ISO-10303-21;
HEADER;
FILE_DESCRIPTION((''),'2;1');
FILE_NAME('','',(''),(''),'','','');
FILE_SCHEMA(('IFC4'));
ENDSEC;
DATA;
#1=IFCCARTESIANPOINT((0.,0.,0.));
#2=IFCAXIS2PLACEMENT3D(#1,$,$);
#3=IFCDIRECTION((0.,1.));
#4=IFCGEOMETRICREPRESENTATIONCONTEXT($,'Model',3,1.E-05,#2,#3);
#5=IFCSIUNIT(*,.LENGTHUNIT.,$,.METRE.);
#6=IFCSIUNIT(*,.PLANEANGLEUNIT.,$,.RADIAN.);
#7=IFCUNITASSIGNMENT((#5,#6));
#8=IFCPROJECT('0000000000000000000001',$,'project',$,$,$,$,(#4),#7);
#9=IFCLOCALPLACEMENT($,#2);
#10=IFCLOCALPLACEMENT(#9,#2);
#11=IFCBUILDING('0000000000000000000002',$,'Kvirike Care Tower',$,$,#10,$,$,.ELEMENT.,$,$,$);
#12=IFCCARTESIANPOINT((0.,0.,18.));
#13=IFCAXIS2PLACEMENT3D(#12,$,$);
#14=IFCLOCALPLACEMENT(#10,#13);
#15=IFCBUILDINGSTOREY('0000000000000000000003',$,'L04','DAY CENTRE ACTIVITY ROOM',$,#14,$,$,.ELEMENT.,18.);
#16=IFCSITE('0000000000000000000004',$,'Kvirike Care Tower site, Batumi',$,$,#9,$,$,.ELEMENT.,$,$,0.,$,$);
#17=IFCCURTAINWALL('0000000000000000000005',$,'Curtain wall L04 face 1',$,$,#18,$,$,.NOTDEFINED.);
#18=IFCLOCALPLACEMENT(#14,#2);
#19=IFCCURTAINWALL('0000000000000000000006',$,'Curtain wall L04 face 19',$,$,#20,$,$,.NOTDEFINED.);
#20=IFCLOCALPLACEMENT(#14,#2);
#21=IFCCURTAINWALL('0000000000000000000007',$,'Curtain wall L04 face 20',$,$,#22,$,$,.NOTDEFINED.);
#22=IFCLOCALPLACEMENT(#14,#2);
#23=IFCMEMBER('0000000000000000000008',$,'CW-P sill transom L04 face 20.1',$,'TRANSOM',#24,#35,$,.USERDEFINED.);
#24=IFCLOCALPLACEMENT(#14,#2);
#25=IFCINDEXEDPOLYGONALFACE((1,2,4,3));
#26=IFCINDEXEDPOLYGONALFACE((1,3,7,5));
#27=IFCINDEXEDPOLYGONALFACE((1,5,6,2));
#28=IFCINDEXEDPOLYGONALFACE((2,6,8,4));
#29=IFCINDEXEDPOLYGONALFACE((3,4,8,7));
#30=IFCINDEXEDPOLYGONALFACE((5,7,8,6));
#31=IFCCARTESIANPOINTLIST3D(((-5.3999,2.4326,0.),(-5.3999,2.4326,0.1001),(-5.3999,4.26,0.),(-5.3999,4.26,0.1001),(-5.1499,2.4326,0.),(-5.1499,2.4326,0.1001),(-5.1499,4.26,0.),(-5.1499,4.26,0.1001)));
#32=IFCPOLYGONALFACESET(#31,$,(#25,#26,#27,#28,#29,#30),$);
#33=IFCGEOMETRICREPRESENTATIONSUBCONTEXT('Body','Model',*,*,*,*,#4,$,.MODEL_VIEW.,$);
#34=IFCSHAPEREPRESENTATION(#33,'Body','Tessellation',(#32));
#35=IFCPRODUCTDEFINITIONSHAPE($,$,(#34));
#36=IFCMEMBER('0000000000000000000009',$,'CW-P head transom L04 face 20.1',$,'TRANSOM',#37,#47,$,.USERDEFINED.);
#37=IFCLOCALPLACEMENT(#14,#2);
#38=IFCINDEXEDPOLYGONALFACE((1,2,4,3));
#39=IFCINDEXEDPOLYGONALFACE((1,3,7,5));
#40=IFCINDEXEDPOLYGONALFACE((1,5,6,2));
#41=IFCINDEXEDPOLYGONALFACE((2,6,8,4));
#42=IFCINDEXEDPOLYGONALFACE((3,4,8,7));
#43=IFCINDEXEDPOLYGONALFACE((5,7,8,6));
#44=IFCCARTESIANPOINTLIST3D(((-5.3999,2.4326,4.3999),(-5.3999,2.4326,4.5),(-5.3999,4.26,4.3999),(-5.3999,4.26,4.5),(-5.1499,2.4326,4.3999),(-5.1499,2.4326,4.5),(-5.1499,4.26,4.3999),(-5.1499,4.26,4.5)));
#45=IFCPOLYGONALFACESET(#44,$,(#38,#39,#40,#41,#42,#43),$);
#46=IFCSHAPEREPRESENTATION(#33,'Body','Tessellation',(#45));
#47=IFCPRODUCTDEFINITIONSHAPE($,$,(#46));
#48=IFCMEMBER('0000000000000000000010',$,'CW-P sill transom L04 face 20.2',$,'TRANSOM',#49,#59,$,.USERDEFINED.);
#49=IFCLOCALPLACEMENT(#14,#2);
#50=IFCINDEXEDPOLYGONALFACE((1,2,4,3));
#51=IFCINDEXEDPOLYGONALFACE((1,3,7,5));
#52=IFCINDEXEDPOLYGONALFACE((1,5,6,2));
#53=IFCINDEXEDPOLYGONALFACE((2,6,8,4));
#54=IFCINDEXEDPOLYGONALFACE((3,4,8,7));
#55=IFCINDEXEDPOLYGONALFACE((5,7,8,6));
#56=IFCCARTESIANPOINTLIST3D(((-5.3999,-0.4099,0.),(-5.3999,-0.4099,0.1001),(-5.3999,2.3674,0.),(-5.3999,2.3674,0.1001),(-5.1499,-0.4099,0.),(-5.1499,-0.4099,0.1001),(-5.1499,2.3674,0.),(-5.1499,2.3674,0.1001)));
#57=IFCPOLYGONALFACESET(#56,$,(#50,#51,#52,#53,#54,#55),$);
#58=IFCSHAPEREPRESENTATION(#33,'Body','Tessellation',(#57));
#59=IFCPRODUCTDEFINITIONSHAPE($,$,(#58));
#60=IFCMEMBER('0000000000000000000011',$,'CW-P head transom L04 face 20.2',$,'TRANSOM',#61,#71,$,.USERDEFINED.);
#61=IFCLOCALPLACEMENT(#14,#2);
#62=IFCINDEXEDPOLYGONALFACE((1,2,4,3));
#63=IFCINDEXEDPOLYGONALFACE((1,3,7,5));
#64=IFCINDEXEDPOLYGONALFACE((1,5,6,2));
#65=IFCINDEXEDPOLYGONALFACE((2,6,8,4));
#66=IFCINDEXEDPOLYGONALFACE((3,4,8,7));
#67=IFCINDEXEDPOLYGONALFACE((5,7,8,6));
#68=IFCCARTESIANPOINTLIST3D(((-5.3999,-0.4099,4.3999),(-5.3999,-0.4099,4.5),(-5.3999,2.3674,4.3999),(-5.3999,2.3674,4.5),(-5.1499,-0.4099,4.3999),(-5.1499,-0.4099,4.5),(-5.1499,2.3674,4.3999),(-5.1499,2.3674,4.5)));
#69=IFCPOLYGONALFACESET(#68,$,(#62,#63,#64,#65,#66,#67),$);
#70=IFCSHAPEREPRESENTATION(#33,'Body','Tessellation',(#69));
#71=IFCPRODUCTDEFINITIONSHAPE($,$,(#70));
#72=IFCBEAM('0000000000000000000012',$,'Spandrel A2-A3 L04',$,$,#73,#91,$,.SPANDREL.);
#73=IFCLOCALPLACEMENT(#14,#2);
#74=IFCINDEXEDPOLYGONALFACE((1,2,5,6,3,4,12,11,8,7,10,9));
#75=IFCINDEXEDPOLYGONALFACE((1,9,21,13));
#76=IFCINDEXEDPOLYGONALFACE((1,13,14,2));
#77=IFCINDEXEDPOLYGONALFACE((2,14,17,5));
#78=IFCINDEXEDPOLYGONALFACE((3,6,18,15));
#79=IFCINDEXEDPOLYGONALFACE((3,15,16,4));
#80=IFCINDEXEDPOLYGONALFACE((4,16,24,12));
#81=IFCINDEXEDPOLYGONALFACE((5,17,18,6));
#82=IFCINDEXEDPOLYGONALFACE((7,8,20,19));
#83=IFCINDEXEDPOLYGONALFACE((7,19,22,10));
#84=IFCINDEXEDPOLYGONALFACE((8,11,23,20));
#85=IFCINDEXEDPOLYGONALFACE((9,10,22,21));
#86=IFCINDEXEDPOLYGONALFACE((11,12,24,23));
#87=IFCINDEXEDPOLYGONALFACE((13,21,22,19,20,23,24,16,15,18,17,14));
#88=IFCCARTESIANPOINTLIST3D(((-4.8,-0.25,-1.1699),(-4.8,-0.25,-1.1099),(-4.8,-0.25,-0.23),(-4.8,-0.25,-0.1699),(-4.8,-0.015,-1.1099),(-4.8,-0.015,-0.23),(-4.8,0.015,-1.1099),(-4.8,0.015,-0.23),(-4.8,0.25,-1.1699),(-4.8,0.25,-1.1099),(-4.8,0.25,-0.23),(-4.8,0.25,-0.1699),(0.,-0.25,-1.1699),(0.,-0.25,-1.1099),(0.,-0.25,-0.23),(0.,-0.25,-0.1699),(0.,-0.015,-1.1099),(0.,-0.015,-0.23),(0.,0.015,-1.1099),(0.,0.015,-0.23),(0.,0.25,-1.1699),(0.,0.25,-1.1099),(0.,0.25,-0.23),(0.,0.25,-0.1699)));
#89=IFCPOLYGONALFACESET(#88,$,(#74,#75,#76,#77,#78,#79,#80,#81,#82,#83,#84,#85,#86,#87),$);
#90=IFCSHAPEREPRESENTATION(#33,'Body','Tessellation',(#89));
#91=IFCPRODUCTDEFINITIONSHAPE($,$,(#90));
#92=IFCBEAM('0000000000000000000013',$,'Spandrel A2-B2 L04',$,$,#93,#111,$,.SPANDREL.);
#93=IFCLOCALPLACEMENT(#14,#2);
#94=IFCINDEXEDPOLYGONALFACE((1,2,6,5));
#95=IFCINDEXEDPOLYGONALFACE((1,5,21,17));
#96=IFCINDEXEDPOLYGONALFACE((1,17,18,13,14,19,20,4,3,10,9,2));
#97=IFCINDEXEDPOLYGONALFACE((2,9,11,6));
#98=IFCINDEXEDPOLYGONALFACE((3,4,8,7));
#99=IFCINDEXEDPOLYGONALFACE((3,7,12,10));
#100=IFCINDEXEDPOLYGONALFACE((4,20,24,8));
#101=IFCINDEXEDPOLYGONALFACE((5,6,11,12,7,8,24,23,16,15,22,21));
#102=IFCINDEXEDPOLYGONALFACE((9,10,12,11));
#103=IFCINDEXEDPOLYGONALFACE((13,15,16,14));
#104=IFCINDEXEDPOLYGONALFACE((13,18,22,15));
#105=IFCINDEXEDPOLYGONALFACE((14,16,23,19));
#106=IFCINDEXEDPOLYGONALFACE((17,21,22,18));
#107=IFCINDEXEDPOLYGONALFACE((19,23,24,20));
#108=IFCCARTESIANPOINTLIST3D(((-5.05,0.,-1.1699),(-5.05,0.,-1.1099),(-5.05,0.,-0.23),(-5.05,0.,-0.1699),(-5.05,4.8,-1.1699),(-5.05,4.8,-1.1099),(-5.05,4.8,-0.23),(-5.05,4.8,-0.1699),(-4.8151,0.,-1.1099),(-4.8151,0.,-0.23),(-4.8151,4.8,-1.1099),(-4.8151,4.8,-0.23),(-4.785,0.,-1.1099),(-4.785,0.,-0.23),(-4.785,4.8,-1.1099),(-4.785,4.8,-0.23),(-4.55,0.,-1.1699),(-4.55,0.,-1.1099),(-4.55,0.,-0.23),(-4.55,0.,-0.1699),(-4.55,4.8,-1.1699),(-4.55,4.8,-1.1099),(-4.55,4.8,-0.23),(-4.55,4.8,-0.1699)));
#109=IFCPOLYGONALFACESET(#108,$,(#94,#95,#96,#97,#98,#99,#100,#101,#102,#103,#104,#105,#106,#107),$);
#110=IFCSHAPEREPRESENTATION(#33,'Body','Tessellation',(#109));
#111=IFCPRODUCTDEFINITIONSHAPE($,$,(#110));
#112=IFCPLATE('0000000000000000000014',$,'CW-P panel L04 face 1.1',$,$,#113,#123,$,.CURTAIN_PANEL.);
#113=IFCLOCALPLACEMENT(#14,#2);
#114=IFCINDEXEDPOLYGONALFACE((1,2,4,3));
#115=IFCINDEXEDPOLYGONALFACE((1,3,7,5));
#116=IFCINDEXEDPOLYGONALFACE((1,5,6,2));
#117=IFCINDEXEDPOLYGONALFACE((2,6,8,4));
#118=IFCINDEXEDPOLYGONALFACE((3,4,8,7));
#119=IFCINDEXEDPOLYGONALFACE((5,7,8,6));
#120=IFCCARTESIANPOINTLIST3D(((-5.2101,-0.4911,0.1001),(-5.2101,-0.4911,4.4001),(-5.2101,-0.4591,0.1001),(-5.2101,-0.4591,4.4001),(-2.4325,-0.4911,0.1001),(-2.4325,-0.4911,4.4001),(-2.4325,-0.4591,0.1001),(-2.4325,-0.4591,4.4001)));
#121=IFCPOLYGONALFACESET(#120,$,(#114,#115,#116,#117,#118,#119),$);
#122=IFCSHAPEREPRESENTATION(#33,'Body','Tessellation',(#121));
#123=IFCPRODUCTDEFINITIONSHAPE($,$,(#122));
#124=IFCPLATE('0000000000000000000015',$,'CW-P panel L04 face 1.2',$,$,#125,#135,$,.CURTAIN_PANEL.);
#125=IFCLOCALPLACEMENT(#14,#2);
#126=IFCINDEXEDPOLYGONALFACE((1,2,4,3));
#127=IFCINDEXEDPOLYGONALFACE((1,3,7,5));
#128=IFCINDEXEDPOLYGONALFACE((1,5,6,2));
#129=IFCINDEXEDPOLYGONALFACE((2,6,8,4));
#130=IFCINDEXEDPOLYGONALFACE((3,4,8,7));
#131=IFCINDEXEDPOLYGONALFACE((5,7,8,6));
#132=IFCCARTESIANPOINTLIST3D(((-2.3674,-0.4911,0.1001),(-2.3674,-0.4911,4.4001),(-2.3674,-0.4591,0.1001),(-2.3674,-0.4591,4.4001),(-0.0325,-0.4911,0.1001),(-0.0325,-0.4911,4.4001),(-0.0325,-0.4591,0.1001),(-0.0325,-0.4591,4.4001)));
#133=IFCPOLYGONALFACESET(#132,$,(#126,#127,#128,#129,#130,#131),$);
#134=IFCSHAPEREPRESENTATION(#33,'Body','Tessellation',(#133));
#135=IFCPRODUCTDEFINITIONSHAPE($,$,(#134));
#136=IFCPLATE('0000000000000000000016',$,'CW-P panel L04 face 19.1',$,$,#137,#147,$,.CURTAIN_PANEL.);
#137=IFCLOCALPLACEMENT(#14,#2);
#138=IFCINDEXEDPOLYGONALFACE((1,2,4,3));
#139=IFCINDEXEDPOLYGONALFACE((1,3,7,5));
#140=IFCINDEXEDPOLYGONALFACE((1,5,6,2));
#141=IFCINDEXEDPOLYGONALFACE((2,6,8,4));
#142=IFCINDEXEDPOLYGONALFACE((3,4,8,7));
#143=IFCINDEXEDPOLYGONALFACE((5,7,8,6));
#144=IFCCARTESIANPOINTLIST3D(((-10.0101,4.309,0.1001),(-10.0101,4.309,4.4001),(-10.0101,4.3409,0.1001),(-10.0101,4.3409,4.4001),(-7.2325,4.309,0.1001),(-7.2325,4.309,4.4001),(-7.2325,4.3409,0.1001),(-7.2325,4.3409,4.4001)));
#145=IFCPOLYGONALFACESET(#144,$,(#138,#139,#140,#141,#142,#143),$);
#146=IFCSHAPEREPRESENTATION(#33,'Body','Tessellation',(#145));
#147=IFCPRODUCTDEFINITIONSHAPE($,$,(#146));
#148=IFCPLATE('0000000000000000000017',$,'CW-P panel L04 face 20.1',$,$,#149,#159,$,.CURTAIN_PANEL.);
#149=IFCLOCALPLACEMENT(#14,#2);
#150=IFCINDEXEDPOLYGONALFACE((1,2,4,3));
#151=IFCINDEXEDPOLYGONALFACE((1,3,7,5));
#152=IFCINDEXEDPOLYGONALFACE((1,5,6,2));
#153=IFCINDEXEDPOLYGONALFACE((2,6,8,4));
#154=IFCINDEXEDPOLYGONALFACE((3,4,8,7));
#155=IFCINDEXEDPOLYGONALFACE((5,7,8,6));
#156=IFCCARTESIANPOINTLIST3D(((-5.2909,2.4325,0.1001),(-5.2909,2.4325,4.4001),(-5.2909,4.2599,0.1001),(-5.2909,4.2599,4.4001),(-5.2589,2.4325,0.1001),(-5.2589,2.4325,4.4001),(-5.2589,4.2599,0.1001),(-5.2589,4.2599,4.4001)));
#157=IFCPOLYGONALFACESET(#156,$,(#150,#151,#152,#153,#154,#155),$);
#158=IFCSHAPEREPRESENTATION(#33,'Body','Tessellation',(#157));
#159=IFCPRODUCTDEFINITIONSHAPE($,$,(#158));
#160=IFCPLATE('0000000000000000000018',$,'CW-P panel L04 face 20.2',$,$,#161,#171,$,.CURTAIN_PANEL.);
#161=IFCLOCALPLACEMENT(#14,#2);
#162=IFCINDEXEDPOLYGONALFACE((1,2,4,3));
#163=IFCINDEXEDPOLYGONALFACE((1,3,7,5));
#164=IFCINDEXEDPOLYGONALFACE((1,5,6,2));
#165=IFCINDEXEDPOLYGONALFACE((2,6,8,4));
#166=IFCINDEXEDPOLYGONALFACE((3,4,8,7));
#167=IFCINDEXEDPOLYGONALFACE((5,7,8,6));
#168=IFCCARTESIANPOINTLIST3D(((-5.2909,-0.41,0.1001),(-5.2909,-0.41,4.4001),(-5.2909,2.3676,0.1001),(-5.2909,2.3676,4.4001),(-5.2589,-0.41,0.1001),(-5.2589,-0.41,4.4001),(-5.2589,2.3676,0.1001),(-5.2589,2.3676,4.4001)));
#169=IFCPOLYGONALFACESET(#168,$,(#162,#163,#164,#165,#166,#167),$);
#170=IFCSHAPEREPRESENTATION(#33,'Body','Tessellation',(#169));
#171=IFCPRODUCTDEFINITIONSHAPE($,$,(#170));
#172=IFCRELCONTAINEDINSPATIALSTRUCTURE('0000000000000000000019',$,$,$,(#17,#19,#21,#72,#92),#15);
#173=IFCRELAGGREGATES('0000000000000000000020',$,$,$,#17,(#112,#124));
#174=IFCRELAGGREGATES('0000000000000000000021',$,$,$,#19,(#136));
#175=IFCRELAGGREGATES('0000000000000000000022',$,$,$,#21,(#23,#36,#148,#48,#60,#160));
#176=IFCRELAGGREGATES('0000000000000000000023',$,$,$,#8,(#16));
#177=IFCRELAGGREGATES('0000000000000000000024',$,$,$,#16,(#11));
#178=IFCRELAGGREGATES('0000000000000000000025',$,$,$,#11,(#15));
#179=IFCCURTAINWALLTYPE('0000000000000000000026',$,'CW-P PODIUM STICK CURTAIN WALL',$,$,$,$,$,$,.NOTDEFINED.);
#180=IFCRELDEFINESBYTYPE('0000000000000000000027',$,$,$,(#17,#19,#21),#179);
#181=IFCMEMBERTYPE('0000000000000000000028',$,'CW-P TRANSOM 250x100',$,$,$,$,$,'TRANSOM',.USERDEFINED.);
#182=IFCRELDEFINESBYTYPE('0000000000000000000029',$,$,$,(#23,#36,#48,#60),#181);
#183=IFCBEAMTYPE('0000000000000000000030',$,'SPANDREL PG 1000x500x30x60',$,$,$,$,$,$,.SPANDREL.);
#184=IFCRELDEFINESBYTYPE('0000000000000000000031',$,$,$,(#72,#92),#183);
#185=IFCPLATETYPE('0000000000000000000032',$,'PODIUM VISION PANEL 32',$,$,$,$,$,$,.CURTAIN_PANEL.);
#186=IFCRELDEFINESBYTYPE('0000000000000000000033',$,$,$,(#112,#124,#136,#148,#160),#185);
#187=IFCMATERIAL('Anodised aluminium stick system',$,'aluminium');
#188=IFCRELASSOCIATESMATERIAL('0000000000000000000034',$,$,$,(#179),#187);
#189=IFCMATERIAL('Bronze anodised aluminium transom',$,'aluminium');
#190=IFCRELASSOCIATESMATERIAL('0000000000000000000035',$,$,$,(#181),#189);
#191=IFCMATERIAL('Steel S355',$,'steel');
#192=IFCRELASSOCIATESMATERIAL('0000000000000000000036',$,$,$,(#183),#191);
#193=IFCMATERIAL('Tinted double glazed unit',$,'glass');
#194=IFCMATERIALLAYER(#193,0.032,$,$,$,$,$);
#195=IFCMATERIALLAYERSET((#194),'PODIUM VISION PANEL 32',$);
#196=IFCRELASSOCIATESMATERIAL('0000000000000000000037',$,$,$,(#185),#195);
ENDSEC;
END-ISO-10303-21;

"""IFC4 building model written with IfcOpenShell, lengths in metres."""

from ifc_helpers import new_model, si_unit, direction, frame, origin, origin_2d, place, context, subcontext, project, spatial, rectangle, i_section, extrude, material, layer, layer_set, material_profile, profile_set, type_object, element, aggregate, save


model = new_model("IFC4")

# Units and contexts
model_context = context("Model", 3, precision=1e-05, world=origin(), true_north=direction((0.0, 1.0)))
body_context = subcontext(model_context, "Body", "Model", "MODEL_VIEW")
ifc_project = project(units=[si_unit("LENGTHUNIT", "METRE"), si_unit("PLANEANGLEUNIT", "RADIAN")], contexts=[model_context])

# Site, building, storey
site_placement = place(None, origin())
site = spatial("IfcSite", under=ifc_project, at=site_placement, Name="Kvirike Care Tower site, Batumi", CompositionType="ELEMENT", RefElevation=0.0)
building_placement = place(site_placement, origin())
building = spatial("IfcBuilding", under=site, at=building_placement, Name="Kvirike Care Tower", CompositionType="ELEMENT")
storey_placement = place(building_placement, frame((0.0, 0.0, 18.0)))
storey = spatial("IfcBuildingStorey", under=building, at=storey_placement, Name="L04", Description="DAY CENTRE ACTIVITY ROOM", CompositionType="ELEMENT", Elevation=18.0)

# Curtain walls
ifc_material_1 = material(Name="Anodised aluminium stick system", Category="aluminium")
curtain_wall_type = type_object("IfcCurtainWallType", Name="CW-P PODIUM STICK CURTAIN WALL", PredefinedType="NOTDEFINED", material=ifc_material_1)
curtain_wall_1_placement = place(storey_placement, origin())
curtain_wall_1 = element("IfcCurtainWall", 1, at=curtain_wall_1_placement, inside=storey, type_object=curtain_wall_type, Name="Curtain wall L04 face 1", PredefinedType="NOTDEFINED")
curtain_wall_2_placement = place(storey_placement, origin())
curtain_wall_2 = element("IfcCurtainWall", 2, at=curtain_wall_2_placement, inside=storey, type_object=curtain_wall_type, Name="Curtain wall L04 face 19", PredefinedType="NOTDEFINED")
curtain_wall_3_placement = place(storey_placement, origin())
curtain_wall_3 = element("IfcCurtainWall", 3, at=curtain_wall_3_placement, inside=storey, type_object=curtain_wall_type, Name="Curtain wall L04 face 20", PredefinedType="NOTDEFINED")

# Members
ifc_material_2 = material(Name="Bronze anodised aluminium transom", Category="aluminium")
ifc_material_profile_1 = material_profile(ifc_material_2, rectangle(XDim=0.25, YDim=0.1001, at=origin_2d()), Name="CW-P TRANSOM 250x100")
ifc_profile_set_1 = profile_set([ifc_material_profile_1], Name="Bronze anodised aluminium transom")
member_type_1 = type_object("IfcMemberType", Name="CW-P TRANSOM 250x100", ElementType="TRANSOM", PredefinedType="USERDEFINED", material=ifc_profile_set_1)
member_1_placement = place(storey_placement, frame((-5.2749, 4.26, 0.05), z_axis=(0.0, -1.0, 0.0), x_axis=(1.0, 0.0, 0.0)))
member_1 = element("IfcMember", 4, at=member_1_placement, type_object=member_type_1, Name="CW-P sill transom L04 face 20.1", ObjectType="TRANSOM", PredefinedType="USERDEFINED", context=body_context, shape_type="SweptSolid", body=[
    extrude(rectangle(XDim=0.25, YDim=0.1001, at=origin_2d()), origin(), (0.0, 0.0, 1.0), 1.8274),
])
member_2_placement = place(storey_placement, frame((-5.2749, 4.26, 4.45), z_axis=(0.0, -1.0, 0.0), x_axis=(1.0, 0.0, 0.0)))
member_2 = element("IfcMember", 5, at=member_2_placement, type_object=member_type_1, Name="CW-P head transom L04 face 20.1", ObjectType="TRANSOM", PredefinedType="USERDEFINED", context=body_context, shape_type="SweptSolid", body=[
    extrude(rectangle(XDim=0.25, YDim=0.1001, at=origin_2d()), origin(), (0.0, 0.0, 1.0), 1.8274),
])
member_3_placement = place(storey_placement, frame((-5.2749, 2.3674, 0.05), z_axis=(0.0, -1.0, 0.0), x_axis=(1.0, 0.0, 0.0)))
member_3 = element("IfcMember", 6, at=member_3_placement, type_object=member_type_1, Name="CW-P sill transom L04 face 20.2", ObjectType="TRANSOM", PredefinedType="USERDEFINED", context=body_context, shape_type="SweptSolid", body=[
    extrude(rectangle(XDim=0.25, YDim=0.1001, at=origin_2d()), origin(), (0.0, 0.0, 1.0), 2.7773),
])
member_4_placement = place(storey_placement, frame((-5.2749, 2.3674, 4.45), z_axis=(0.0, -1.0, 0.0), x_axis=(1.0, 0.0, 0.0)))
member_4 = element("IfcMember", 7, at=member_4_placement, type_object=member_type_1, Name="CW-P head transom L04 face 20.2", ObjectType="TRANSOM", PredefinedType="USERDEFINED", context=body_context, shape_type="SweptSolid", body=[
    extrude(rectangle(XDim=0.25, YDim=0.1001, at=origin_2d()), origin(), (0.0, 0.0, 1.0), 2.7773),
])

# Beams
ifc_material_3 = material(Name="Steel S355", Category="steel")
ifc_material_profile_2 = material_profile(ifc_material_3, i_section(OverallWidth=0.5, OverallDepth=1.0, WebThickness=0.03, FlangeThickness=0.0601, at=origin_2d()), Name="PG 1000x500x30x60")
ifc_profile_set_2 = profile_set([ifc_material_profile_2], Name="Steel S355")
beam_type = type_object("IfcBeamType", Name="SPANDREL PG 1000x500x30x60", PredefinedType="SPANDREL", material=ifc_profile_set_2)
for number, where, z_axis, x_axis, name in (
    (8, (-4.8, 0.0, -0.6699), (1.0, 0.0, 0.0), (0.0, 1.0, 0.0), "Spandrel A2-A3 L04"),
    (9, (-4.8, 0.0, -0.6699), (0.0, 1.0, 0.0), (-1.0, 0.0, 0.0), "Spandrel A2-B2 L04"),
):
    element("IfcBeam", number, at=place(storey_placement, frame(where, z_axis=z_axis, x_axis=x_axis)), inside=storey, type_object=beam_type, Name=name, PredefinedType="SPANDREL", context=body_context, shape_type="SweptSolid", body=[
        extrude(i_section(OverallWidth=0.5, OverallDepth=1.0, WebThickness=0.03, FlangeThickness=0.0601, at=origin_2d()), origin(), (0.0, 0.0, 1.0), 4.8),
    ])

# Plates
ifc_material_4 = material(Name="Tinted double glazed unit", Category="glass")
ifc_layer = layer(ifc_material_4, 0.032)
ifc_layer_set = layer_set([ifc_layer], Name="PODIUM VISION PANEL 32")
plate_type = type_object("IfcPlateType", Name="PODIUM VISION PANEL 32", PredefinedType="CURTAIN_PANEL", material=ifc_layer_set)
plate_1_placement = place(storey_placement, frame((-3.8213, -0.4751, 0.1001), z_axis=(0.0, 0.0, 1.0), x_axis=(1.0, 0.0, 0.0)))
plate_1 = element("IfcPlate", 10, at=plate_1_placement, type_object=plate_type, Name="CW-P panel L04 face 1.1", PredefinedType="CURTAIN_PANEL", context=body_context, shape_type="SweptSolid", body=[
    extrude(rectangle(XDim=2.7776, YDim=0.032, at=origin_2d()), origin(), (0.0, 0.0, 1.0), 4.3),
])
plate_2_placement = place(storey_placement, frame((-1.2, -0.4751, 0.1001), z_axis=(0.0, 0.0, 1.0), x_axis=(1.0, 0.0, 0.0)))
plate_2 = element("IfcPlate", 11, at=plate_2_placement, type_object=plate_type, Name="CW-P panel L04 face 1.2", PredefinedType="CURTAIN_PANEL", context=body_context, shape_type="SweptSolid", body=[
    extrude(rectangle(XDim=2.335, YDim=0.032, at=origin_2d()), origin(), (0.0, 0.0, 1.0), 4.3),
])
aggregate(curtain_wall_1, [plate_1, plate_2])
plate_3_placement = place(storey_placement, frame((-8.6213, 4.325, 0.1001), z_axis=(0.0, 0.0, 1.0), x_axis=(1.0, 0.0, 0.0)))
plate_3 = element("IfcPlate", 12, at=plate_3_placement, type_object=plate_type, Name="CW-P panel L04 face 19.1", PredefinedType="CURTAIN_PANEL", context=body_context, shape_type="SweptSolid", body=[
    extrude(rectangle(XDim=2.7776, YDim=0.032, at=origin_2d()), origin(), (0.0, 0.0, 1.0), 4.3),
])
aggregate(curtain_wall_2, [plate_3])
plate_4_placement = place(storey_placement, frame((-5.2749, 3.3462, 0.1001), z_axis=(0.0, 0.0, 1.0), x_axis=(0.0, -1.0, 0.0)))
plate_4 = element("IfcPlate", 13, at=plate_4_placement, type_object=plate_type, Name="CW-P panel L04 face 20.1", PredefinedType="CURTAIN_PANEL", context=body_context, shape_type="SweptSolid", body=[
    extrude(rectangle(XDim=1.8274, YDim=0.032, at=origin_2d()), origin(), (0.0, 0.0, 1.0), 4.3),
])
plate_5_placement = place(storey_placement, frame((-5.2749, 0.9788, 0.1001), z_axis=(0.0, 0.0, 1.0), x_axis=(0.0, -1.0, 0.0)))
plate_5 = element("IfcPlate", 14, at=plate_5_placement, type_object=plate_type, Name="CW-P panel L04 face 20.2", PredefinedType="CURTAIN_PANEL", context=body_context, shape_type="SweptSolid", body=[
    extrude(rectangle(XDim=2.7776, YDim=0.032, at=origin_2d()), origin(), (0.0, 0.0, 1.0), 4.3),
])
aggregate(curtain_wall_3, [member_1, member_2, plate_4, member_3, member_4, plate_5])

save(model, "model.ifc")
